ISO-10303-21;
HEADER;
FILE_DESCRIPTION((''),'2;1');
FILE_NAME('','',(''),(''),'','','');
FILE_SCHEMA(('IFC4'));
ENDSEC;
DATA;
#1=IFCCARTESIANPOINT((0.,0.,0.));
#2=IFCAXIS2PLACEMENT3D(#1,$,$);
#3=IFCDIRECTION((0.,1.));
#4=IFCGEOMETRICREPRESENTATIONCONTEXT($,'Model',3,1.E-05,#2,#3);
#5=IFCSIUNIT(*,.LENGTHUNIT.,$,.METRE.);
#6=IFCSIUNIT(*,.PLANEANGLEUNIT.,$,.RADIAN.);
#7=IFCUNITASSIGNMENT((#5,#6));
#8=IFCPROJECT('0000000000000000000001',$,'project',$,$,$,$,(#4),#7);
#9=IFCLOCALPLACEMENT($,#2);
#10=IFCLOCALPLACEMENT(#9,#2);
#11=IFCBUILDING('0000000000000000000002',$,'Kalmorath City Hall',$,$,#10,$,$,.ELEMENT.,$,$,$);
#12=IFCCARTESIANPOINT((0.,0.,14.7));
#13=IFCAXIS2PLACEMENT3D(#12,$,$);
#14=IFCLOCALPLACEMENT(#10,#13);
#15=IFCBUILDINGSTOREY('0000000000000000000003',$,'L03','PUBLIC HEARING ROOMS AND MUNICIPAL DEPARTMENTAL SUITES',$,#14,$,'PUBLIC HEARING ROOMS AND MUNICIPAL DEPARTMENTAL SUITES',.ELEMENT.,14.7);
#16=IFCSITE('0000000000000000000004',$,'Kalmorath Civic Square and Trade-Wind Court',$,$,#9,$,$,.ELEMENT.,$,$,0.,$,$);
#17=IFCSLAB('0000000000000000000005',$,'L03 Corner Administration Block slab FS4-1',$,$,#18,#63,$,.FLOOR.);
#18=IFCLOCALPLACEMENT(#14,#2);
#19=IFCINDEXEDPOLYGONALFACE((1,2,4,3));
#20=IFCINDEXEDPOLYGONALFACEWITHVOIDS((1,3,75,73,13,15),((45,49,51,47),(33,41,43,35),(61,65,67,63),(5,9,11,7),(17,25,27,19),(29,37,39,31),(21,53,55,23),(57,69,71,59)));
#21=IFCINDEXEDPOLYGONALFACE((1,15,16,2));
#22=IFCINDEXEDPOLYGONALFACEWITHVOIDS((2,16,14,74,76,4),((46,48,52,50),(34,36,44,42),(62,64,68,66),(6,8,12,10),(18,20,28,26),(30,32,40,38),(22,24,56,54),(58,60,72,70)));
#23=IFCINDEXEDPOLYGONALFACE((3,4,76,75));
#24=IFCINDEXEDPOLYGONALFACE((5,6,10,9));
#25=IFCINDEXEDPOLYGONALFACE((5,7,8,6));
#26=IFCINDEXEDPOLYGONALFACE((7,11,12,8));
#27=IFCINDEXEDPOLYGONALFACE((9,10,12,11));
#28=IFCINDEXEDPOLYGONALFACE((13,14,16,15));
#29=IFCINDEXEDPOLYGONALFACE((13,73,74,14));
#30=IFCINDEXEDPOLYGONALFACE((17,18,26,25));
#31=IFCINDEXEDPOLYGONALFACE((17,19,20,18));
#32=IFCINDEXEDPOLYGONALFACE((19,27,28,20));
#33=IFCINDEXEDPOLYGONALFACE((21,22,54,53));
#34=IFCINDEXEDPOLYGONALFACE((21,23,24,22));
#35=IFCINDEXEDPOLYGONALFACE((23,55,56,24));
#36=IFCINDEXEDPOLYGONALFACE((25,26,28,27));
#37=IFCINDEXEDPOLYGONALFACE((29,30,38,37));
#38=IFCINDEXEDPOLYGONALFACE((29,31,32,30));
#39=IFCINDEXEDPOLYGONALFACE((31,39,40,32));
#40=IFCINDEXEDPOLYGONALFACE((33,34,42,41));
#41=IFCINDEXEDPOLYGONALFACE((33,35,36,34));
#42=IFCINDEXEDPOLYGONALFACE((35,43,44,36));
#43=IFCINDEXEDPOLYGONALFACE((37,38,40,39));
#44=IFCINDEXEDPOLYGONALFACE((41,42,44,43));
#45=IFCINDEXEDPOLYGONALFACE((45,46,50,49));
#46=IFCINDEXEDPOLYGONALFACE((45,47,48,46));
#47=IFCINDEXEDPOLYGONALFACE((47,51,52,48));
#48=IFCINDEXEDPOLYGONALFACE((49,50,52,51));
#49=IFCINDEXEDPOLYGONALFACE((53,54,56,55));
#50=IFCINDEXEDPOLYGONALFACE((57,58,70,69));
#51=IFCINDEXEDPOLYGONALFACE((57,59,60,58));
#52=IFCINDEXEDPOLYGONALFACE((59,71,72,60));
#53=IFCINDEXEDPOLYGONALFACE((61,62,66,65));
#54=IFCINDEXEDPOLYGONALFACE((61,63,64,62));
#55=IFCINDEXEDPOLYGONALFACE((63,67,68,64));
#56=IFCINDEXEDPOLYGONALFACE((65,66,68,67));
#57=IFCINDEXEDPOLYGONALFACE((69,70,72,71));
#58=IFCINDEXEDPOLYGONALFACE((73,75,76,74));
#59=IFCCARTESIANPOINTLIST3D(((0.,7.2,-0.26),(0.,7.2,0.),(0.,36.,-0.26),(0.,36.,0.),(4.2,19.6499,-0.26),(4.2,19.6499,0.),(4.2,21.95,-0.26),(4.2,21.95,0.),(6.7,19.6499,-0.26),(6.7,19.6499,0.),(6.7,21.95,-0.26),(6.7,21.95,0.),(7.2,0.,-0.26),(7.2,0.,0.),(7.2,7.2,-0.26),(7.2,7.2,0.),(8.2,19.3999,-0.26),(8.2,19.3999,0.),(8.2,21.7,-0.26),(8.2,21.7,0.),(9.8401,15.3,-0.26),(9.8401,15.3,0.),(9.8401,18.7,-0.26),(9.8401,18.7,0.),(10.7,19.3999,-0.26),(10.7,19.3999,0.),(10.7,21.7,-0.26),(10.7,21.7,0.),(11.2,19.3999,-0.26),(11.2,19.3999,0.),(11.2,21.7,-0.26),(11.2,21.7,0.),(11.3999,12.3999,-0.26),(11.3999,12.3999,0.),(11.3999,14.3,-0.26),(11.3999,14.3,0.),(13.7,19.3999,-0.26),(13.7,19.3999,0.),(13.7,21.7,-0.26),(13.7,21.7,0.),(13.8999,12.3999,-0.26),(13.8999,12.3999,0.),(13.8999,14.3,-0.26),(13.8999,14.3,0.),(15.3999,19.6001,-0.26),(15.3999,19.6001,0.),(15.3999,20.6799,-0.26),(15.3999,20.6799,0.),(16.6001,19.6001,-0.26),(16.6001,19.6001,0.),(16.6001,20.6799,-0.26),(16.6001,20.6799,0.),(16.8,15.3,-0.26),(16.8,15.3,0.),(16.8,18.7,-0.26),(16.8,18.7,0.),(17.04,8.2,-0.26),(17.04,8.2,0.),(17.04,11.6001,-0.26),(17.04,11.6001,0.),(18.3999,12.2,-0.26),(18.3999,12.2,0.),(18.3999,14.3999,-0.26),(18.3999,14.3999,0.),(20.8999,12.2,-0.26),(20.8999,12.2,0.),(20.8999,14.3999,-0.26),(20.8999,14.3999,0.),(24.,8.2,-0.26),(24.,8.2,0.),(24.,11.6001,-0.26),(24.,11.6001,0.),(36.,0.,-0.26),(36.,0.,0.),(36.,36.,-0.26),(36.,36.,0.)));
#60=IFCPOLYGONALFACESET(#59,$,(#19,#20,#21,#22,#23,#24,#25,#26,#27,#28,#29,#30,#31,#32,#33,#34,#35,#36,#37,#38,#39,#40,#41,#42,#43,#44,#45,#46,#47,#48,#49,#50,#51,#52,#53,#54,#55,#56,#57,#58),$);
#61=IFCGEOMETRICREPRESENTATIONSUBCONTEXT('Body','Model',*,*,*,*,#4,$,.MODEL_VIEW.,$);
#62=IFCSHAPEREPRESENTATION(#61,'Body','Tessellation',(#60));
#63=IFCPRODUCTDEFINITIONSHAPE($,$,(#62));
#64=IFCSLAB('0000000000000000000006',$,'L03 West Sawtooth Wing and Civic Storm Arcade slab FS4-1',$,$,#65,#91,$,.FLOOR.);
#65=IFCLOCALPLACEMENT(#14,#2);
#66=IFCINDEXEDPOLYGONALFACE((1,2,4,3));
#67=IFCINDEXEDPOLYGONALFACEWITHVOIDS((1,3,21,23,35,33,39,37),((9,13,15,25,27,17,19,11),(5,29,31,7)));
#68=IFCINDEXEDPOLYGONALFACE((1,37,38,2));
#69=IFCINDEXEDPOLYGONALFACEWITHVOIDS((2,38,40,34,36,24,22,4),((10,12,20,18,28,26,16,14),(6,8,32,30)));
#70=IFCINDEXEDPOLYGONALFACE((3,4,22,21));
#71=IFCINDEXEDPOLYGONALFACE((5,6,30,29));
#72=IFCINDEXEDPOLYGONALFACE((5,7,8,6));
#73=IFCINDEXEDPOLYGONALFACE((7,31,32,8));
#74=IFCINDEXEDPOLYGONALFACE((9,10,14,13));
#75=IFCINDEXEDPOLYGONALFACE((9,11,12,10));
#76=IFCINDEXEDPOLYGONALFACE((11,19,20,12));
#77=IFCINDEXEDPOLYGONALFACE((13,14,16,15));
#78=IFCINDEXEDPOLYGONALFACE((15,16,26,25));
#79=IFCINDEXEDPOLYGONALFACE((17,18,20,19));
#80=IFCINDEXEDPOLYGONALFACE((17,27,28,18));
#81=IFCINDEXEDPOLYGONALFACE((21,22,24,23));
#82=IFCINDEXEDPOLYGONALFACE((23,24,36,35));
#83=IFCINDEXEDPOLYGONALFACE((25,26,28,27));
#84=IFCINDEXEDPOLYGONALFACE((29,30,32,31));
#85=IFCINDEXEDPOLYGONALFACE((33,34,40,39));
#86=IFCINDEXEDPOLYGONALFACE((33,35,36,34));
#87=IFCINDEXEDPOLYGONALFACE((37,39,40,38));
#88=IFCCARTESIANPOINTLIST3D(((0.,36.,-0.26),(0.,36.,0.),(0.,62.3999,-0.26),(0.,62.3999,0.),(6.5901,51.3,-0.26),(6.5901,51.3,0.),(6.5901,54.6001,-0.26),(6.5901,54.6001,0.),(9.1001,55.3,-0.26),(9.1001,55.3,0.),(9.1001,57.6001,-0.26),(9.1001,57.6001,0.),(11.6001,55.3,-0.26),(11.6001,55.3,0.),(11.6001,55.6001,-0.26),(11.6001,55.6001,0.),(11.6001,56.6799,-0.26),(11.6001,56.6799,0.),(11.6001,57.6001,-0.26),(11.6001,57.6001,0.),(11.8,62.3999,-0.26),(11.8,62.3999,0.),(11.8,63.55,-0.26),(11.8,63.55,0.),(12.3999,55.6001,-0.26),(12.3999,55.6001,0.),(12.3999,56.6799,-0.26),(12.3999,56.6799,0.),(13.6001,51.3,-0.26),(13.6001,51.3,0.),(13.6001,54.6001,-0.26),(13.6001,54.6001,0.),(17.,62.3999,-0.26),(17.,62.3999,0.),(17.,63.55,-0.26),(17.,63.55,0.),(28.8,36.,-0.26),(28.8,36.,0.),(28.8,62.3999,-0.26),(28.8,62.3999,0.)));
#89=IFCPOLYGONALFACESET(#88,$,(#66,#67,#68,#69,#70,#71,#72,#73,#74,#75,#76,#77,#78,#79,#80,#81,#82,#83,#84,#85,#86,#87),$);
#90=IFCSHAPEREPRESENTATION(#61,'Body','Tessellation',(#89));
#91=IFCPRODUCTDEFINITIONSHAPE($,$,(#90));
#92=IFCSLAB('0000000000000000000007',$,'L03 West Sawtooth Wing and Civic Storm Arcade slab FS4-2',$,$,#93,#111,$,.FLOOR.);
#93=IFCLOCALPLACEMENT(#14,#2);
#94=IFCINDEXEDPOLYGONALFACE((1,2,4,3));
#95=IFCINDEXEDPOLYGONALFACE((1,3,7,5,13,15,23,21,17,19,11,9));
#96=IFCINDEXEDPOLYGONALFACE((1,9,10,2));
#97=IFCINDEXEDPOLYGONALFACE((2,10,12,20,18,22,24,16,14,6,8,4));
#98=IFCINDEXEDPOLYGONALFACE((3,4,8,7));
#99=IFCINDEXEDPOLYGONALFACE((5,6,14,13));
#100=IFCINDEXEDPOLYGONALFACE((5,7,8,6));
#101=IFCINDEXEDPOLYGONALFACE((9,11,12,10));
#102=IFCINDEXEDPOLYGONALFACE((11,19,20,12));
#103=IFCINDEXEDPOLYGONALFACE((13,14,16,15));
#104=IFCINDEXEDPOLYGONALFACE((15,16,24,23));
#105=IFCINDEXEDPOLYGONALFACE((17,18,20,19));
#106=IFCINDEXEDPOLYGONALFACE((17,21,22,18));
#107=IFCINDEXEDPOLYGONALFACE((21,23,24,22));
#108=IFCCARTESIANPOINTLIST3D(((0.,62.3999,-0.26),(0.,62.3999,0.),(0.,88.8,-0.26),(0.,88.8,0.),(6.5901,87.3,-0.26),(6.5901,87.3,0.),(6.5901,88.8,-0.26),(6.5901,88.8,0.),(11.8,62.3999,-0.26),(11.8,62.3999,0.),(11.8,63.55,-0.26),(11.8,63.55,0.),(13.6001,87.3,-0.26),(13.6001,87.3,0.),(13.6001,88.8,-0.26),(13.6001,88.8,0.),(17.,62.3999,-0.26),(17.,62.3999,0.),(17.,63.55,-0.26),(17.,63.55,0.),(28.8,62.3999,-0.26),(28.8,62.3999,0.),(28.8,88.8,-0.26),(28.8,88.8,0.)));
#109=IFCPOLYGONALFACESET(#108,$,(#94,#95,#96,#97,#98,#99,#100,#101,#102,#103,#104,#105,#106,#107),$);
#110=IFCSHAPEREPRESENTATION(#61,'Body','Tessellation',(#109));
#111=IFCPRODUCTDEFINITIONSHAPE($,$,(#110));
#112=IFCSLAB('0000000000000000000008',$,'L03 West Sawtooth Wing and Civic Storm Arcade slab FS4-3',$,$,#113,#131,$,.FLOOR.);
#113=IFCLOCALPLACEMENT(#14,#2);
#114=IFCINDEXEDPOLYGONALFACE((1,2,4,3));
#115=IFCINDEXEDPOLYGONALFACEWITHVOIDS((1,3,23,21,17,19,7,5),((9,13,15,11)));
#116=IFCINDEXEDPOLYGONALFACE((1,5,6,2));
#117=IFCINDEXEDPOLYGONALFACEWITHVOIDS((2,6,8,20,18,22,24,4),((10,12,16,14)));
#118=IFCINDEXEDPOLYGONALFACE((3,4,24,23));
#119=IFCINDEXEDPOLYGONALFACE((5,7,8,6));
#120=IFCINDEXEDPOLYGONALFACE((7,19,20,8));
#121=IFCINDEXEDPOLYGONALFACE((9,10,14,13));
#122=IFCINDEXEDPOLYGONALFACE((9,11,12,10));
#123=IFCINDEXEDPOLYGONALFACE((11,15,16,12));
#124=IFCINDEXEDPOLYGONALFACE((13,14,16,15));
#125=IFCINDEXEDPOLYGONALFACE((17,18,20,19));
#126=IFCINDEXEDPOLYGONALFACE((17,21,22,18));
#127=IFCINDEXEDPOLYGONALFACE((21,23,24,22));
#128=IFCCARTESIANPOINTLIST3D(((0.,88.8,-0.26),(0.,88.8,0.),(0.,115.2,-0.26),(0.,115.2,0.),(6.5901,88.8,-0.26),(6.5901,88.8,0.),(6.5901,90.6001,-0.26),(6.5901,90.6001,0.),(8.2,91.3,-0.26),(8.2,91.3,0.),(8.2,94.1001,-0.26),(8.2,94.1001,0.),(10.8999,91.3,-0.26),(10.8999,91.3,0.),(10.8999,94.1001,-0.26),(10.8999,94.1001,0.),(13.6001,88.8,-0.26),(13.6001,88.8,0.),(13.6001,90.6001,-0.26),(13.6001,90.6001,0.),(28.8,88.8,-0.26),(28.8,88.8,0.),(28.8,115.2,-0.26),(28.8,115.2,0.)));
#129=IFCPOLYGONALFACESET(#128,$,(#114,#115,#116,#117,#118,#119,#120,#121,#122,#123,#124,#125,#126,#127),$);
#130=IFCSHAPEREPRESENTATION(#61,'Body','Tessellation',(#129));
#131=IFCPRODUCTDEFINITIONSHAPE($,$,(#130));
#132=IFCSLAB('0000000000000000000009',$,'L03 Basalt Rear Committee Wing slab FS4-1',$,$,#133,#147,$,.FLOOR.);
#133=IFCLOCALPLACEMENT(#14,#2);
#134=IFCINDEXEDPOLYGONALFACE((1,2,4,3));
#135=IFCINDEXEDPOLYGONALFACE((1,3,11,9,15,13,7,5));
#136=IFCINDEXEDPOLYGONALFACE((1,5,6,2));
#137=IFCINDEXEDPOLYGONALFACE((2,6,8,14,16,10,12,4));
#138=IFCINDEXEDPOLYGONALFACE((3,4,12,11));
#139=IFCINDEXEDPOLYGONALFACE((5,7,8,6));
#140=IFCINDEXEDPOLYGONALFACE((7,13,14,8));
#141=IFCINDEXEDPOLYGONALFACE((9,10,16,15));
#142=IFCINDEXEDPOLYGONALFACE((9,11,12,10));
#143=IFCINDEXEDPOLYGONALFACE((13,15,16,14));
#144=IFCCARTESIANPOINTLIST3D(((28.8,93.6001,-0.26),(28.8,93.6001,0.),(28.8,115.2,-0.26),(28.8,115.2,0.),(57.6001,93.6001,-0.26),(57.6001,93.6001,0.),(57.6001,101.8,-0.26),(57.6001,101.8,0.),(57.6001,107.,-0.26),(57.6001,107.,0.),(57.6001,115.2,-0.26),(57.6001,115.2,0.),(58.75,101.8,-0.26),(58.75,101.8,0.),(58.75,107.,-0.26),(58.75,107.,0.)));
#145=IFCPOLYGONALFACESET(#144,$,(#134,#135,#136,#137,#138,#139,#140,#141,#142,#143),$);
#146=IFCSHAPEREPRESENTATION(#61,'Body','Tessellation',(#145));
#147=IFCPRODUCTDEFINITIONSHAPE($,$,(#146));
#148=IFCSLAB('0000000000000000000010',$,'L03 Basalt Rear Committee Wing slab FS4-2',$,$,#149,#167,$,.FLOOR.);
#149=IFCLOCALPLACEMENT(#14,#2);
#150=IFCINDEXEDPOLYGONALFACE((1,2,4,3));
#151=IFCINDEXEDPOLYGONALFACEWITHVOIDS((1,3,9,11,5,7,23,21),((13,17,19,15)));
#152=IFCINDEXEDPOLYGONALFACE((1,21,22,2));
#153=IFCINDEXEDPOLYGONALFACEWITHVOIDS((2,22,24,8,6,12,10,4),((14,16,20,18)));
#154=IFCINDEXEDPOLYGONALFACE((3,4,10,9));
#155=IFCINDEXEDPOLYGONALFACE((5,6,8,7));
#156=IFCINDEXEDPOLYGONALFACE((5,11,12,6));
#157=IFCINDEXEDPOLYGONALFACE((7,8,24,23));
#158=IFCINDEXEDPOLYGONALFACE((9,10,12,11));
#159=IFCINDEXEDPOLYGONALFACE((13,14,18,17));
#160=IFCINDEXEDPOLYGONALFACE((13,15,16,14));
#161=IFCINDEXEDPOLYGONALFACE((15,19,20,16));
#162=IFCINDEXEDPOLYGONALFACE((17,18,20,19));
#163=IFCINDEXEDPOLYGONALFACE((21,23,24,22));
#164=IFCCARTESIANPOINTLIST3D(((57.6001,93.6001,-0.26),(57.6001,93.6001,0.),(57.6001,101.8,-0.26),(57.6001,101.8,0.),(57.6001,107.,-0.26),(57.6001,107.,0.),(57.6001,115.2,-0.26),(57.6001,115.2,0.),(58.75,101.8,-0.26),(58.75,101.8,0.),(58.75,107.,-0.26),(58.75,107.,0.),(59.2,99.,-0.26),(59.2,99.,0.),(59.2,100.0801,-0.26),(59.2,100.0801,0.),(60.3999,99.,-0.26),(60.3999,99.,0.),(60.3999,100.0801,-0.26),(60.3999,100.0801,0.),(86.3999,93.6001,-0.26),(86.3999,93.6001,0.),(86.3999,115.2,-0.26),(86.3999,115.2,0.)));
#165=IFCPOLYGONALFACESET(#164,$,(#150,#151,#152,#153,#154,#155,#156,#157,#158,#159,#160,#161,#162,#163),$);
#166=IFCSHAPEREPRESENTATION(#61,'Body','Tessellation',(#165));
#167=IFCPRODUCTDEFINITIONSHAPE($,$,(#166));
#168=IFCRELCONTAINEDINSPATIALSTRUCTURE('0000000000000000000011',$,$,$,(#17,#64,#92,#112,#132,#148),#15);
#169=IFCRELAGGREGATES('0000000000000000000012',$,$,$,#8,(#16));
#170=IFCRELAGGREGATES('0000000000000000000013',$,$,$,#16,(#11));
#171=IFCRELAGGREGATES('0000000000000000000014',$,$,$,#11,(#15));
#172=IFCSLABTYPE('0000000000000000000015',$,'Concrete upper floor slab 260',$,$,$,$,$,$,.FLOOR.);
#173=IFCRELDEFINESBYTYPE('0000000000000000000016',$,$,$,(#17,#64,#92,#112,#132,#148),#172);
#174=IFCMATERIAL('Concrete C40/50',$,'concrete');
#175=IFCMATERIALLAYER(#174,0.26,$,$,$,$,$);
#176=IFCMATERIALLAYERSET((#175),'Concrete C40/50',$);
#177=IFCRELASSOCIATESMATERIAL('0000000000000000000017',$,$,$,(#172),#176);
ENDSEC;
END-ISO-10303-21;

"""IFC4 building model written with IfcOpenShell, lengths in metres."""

from ifc_helpers import new_model, si_unit, direction, frame, origin, place, context, subcontext, project, spatial, polyline, outline, extrude, material, layer, layer_set, type_object, element, save


model = new_model("IFC4")

# Units and contexts
model_context = context("Model", 3, precision=1e-05, world=origin(), true_north=direction((0.0, 1.0)))
body_context = subcontext(model_context, "Body", "Model", "MODEL_VIEW")
ifc_project = project(units=[si_unit("LENGTHUNIT", "METRE"), si_unit("PLANEANGLEUNIT", "RADIAN")], contexts=[model_context])

# Site, building, storey
site_placement = place(None, origin())
site = spatial("IfcSite", under=ifc_project, at=site_placement, Name="Kalmorath Civic Square and Trade-Wind Court", CompositionType="ELEMENT", RefElevation=0.0)
building_placement = place(site_placement, origin())
building = spatial("IfcBuilding", under=site, at=building_placement, Name="Kalmorath City Hall", CompositionType="ELEMENT")
storey_placement = place(building_placement, frame((0.0, 0.0, 14.7)))
storey = spatial("IfcBuildingStorey", under=building, at=storey_placement, Name="L03", Description="PUBLIC HEARING ROOMS AND MUNICIPAL DEPARTMENTAL SUITES", LongName="PUBLIC HEARING ROOMS AND MUNICIPAL DEPARTMENTAL SUITES", CompositionType="ELEMENT", Elevation=14.7)

# Slabs
ifc_material_1 = material(Name="Concrete C40/50", Category="concrete")
ifc_layer_1 = layer(ifc_material_1, 0.26)
ifc_layer_set_1 = layer_set([ifc_layer_1], Name="Concrete C40/50")
slab_type_1 = type_object("IfcSlabType", Name="Concrete upper floor slab 260", PredefinedType="FLOOR", material=ifc_layer_set_1)
slab_1_placement = place(storey_placement, frame((0.0, 0.0, -0.26)))
element("IfcSlab", 1, at=slab_1_placement, inside=storey, type_object=slab_type_1, Name="L03 Corner Administration Block slab FS4-1", PredefinedType="FLOOR", context=body_context, shape_type="SweptSolid", body=[
    extrude(outline(polyline([(0.0, 36.0), (36.0, 36.0), (36.0, 0.0), (7.2, 0.0), (7.2, 7.2), (0.0, 7.2), (0.0, 36.0)]), holes=[polyline([(16.8, 15.3), (16.8, 18.7), (9.8401, 18.7), (9.8401, 15.3), (16.8, 15.3)]), polyline([(4.2, 19.6499), (6.7, 19.6499), (6.7, 21.95), (4.2, 21.95), (4.2, 19.6499)]), polyline([(8.2, 21.7), (8.2, 19.3999), (10.7, 19.3999), (10.7, 21.7), (8.2, 21.7)]), polyline([(13.7, 21.7), (11.2, 21.7), (11.2, 19.3999), (13.7, 19.3999), (13.7, 21.7)]), polyline([(24.0, 8.2), (24.0, 11.6001), (17.04, 11.6001), (17.04, 8.2), (24.0, 8.2)]), polyline([(11.3999, 12.3999), (13.8999, 12.3999), (13.8999, 14.3), (11.3999, 14.3), (11.3999, 12.3999)]), polyline([(18.3999, 14.3999), (18.3999, 12.2), (20.8999, 12.2), (20.8999, 14.3999), (18.3999, 14.3999)]), polyline([(16.6001, 20.6799), (15.3999, 20.6799), (15.3999, 19.6001), (16.6001, 19.6001), (16.6001, 20.6799)])]), origin(), (0.0, 0.0, 1.0), 0.26),
])
slab_2_placement = place(storey_placement, frame((0.0, 0.0, -0.26)))
element("IfcSlab", 2, at=slab_2_placement, inside=storey, type_object=slab_type_1, Name="L03 West Sawtooth Wing and Civic Storm Arcade slab FS4-1", PredefinedType="FLOOR", context=body_context, shape_type="SweptSolid", body=[
    extrude(outline(polyline([(0.0, 36.0), (0.0, 62.3999), (11.8, 62.3999), (11.8, 63.55), (17.0, 63.55), (17.0, 62.3999), (28.8, 62.3999), (28.8, 36.0), (0.0, 36.0)]), holes=[polyline([(6.5901, 54.6001), (6.5901, 51.3), (13.6001, 51.3), (13.6001, 54.6001), (6.5901, 54.6001)]), polyline([(11.6001, 55.6001), (12.3999, 55.6001), (12.3999, 56.6799), (11.6001, 56.6799), (11.6001, 57.6001), (9.1001, 57.6001), (9.1001, 55.3), (11.6001, 55.3), (11.6001, 55.6001)])]), origin(), (0.0, 0.0, 1.0), 0.26),
])
slab_3_placement = place(storey_placement, frame((0.0, 0.0, -0.26)))
element("IfcSlab", 3, at=slab_3_placement, inside=storey, type_object=slab_type_1, Name="L03 West Sawtooth Wing and Civic Storm Arcade slab FS4-2", PredefinedType="FLOOR", context=body_context, shape_type="SweptSolid", body=[
    extrude(outline(polyline([(17.0, 62.3999), (17.0, 63.55), (11.8, 63.55), (11.8, 62.3999), (0.0, 62.3999), (0.0, 88.8), (6.5901, 88.8), (6.5901, 87.3), (13.6001, 87.3), (13.6001, 88.8), (28.8, 88.8), (28.8, 62.3999), (17.0, 62.3999)])), origin(), (0.0, 0.0, 1.0), 0.26),
])
slab_4_placement = place(storey_placement, frame((0.0, 0.0, -0.26)))
element("IfcSlab", 4, at=slab_4_placement, inside=storey, type_object=slab_type_1, Name="L03 West Sawtooth Wing and Civic Storm Arcade slab FS4-3", PredefinedType="FLOOR", context=body_context, shape_type="SweptSolid", body=[
    extrude(outline(polyline([(28.8, 115.2), (28.8, 88.8), (13.6001, 88.8), (13.6001, 90.6001), (6.5901, 90.6001), (6.5901, 88.8), (0.0, 88.8), (0.0, 115.2), (28.8, 115.2)]), holes=[polyline([(8.2, 94.1001), (8.2, 91.3), (10.8999, 91.3), (10.8999, 94.1001), (8.2, 94.1001)])]), origin(), (0.0, 0.0, 1.0), 0.26),
])
slab_5_placement = place(storey_placement, frame((0.0, 0.0, -0.26)))
element("IfcSlab", 5, at=slab_5_placement, inside=storey, type_object=slab_type_1, Name="L03 Basalt Rear Committee Wing slab FS4-1", PredefinedType="FLOOR", context=body_context, shape_type="SweptSolid", body=[
    extrude(outline(polyline([(28.8, 115.2), (57.6001, 115.2), (57.6001, 107.0), (58.75, 107.0), (58.75, 101.8), (57.6001, 101.8), (57.6001, 93.6001), (28.8, 93.6001), (28.8, 115.2)])), origin(), (0.0, 0.0, 1.0), 0.26),
])
slab_6_placement = place(storey_placement, frame((0.0, 0.0, -0.26)))
element("IfcSlab", 6, at=slab_6_placement, inside=storey, type_object=slab_type_1, Name="L03 Basalt Rear Committee Wing slab FS4-2", PredefinedType="FLOOR", context=body_context, shape_type="SweptSolid", body=[
    extrude(outline(polyline([(57.6001, 101.8), (58.75, 101.8), (58.75, 107.0), (57.6001, 107.0), (57.6001, 115.2), (86.3999, 115.2), (86.3999, 93.6001), (57.6001, 93.6001), (57.6001, 101.8)]), holes=[polyline([(59.2, 100.0801), (59.2, 99.0), (60.3999, 99.0), (60.3999, 100.0801), (59.2, 100.0801)])]), origin(), (0.0, 0.0, 1.0), 0.26),
])

save(model, "model.ifc")
